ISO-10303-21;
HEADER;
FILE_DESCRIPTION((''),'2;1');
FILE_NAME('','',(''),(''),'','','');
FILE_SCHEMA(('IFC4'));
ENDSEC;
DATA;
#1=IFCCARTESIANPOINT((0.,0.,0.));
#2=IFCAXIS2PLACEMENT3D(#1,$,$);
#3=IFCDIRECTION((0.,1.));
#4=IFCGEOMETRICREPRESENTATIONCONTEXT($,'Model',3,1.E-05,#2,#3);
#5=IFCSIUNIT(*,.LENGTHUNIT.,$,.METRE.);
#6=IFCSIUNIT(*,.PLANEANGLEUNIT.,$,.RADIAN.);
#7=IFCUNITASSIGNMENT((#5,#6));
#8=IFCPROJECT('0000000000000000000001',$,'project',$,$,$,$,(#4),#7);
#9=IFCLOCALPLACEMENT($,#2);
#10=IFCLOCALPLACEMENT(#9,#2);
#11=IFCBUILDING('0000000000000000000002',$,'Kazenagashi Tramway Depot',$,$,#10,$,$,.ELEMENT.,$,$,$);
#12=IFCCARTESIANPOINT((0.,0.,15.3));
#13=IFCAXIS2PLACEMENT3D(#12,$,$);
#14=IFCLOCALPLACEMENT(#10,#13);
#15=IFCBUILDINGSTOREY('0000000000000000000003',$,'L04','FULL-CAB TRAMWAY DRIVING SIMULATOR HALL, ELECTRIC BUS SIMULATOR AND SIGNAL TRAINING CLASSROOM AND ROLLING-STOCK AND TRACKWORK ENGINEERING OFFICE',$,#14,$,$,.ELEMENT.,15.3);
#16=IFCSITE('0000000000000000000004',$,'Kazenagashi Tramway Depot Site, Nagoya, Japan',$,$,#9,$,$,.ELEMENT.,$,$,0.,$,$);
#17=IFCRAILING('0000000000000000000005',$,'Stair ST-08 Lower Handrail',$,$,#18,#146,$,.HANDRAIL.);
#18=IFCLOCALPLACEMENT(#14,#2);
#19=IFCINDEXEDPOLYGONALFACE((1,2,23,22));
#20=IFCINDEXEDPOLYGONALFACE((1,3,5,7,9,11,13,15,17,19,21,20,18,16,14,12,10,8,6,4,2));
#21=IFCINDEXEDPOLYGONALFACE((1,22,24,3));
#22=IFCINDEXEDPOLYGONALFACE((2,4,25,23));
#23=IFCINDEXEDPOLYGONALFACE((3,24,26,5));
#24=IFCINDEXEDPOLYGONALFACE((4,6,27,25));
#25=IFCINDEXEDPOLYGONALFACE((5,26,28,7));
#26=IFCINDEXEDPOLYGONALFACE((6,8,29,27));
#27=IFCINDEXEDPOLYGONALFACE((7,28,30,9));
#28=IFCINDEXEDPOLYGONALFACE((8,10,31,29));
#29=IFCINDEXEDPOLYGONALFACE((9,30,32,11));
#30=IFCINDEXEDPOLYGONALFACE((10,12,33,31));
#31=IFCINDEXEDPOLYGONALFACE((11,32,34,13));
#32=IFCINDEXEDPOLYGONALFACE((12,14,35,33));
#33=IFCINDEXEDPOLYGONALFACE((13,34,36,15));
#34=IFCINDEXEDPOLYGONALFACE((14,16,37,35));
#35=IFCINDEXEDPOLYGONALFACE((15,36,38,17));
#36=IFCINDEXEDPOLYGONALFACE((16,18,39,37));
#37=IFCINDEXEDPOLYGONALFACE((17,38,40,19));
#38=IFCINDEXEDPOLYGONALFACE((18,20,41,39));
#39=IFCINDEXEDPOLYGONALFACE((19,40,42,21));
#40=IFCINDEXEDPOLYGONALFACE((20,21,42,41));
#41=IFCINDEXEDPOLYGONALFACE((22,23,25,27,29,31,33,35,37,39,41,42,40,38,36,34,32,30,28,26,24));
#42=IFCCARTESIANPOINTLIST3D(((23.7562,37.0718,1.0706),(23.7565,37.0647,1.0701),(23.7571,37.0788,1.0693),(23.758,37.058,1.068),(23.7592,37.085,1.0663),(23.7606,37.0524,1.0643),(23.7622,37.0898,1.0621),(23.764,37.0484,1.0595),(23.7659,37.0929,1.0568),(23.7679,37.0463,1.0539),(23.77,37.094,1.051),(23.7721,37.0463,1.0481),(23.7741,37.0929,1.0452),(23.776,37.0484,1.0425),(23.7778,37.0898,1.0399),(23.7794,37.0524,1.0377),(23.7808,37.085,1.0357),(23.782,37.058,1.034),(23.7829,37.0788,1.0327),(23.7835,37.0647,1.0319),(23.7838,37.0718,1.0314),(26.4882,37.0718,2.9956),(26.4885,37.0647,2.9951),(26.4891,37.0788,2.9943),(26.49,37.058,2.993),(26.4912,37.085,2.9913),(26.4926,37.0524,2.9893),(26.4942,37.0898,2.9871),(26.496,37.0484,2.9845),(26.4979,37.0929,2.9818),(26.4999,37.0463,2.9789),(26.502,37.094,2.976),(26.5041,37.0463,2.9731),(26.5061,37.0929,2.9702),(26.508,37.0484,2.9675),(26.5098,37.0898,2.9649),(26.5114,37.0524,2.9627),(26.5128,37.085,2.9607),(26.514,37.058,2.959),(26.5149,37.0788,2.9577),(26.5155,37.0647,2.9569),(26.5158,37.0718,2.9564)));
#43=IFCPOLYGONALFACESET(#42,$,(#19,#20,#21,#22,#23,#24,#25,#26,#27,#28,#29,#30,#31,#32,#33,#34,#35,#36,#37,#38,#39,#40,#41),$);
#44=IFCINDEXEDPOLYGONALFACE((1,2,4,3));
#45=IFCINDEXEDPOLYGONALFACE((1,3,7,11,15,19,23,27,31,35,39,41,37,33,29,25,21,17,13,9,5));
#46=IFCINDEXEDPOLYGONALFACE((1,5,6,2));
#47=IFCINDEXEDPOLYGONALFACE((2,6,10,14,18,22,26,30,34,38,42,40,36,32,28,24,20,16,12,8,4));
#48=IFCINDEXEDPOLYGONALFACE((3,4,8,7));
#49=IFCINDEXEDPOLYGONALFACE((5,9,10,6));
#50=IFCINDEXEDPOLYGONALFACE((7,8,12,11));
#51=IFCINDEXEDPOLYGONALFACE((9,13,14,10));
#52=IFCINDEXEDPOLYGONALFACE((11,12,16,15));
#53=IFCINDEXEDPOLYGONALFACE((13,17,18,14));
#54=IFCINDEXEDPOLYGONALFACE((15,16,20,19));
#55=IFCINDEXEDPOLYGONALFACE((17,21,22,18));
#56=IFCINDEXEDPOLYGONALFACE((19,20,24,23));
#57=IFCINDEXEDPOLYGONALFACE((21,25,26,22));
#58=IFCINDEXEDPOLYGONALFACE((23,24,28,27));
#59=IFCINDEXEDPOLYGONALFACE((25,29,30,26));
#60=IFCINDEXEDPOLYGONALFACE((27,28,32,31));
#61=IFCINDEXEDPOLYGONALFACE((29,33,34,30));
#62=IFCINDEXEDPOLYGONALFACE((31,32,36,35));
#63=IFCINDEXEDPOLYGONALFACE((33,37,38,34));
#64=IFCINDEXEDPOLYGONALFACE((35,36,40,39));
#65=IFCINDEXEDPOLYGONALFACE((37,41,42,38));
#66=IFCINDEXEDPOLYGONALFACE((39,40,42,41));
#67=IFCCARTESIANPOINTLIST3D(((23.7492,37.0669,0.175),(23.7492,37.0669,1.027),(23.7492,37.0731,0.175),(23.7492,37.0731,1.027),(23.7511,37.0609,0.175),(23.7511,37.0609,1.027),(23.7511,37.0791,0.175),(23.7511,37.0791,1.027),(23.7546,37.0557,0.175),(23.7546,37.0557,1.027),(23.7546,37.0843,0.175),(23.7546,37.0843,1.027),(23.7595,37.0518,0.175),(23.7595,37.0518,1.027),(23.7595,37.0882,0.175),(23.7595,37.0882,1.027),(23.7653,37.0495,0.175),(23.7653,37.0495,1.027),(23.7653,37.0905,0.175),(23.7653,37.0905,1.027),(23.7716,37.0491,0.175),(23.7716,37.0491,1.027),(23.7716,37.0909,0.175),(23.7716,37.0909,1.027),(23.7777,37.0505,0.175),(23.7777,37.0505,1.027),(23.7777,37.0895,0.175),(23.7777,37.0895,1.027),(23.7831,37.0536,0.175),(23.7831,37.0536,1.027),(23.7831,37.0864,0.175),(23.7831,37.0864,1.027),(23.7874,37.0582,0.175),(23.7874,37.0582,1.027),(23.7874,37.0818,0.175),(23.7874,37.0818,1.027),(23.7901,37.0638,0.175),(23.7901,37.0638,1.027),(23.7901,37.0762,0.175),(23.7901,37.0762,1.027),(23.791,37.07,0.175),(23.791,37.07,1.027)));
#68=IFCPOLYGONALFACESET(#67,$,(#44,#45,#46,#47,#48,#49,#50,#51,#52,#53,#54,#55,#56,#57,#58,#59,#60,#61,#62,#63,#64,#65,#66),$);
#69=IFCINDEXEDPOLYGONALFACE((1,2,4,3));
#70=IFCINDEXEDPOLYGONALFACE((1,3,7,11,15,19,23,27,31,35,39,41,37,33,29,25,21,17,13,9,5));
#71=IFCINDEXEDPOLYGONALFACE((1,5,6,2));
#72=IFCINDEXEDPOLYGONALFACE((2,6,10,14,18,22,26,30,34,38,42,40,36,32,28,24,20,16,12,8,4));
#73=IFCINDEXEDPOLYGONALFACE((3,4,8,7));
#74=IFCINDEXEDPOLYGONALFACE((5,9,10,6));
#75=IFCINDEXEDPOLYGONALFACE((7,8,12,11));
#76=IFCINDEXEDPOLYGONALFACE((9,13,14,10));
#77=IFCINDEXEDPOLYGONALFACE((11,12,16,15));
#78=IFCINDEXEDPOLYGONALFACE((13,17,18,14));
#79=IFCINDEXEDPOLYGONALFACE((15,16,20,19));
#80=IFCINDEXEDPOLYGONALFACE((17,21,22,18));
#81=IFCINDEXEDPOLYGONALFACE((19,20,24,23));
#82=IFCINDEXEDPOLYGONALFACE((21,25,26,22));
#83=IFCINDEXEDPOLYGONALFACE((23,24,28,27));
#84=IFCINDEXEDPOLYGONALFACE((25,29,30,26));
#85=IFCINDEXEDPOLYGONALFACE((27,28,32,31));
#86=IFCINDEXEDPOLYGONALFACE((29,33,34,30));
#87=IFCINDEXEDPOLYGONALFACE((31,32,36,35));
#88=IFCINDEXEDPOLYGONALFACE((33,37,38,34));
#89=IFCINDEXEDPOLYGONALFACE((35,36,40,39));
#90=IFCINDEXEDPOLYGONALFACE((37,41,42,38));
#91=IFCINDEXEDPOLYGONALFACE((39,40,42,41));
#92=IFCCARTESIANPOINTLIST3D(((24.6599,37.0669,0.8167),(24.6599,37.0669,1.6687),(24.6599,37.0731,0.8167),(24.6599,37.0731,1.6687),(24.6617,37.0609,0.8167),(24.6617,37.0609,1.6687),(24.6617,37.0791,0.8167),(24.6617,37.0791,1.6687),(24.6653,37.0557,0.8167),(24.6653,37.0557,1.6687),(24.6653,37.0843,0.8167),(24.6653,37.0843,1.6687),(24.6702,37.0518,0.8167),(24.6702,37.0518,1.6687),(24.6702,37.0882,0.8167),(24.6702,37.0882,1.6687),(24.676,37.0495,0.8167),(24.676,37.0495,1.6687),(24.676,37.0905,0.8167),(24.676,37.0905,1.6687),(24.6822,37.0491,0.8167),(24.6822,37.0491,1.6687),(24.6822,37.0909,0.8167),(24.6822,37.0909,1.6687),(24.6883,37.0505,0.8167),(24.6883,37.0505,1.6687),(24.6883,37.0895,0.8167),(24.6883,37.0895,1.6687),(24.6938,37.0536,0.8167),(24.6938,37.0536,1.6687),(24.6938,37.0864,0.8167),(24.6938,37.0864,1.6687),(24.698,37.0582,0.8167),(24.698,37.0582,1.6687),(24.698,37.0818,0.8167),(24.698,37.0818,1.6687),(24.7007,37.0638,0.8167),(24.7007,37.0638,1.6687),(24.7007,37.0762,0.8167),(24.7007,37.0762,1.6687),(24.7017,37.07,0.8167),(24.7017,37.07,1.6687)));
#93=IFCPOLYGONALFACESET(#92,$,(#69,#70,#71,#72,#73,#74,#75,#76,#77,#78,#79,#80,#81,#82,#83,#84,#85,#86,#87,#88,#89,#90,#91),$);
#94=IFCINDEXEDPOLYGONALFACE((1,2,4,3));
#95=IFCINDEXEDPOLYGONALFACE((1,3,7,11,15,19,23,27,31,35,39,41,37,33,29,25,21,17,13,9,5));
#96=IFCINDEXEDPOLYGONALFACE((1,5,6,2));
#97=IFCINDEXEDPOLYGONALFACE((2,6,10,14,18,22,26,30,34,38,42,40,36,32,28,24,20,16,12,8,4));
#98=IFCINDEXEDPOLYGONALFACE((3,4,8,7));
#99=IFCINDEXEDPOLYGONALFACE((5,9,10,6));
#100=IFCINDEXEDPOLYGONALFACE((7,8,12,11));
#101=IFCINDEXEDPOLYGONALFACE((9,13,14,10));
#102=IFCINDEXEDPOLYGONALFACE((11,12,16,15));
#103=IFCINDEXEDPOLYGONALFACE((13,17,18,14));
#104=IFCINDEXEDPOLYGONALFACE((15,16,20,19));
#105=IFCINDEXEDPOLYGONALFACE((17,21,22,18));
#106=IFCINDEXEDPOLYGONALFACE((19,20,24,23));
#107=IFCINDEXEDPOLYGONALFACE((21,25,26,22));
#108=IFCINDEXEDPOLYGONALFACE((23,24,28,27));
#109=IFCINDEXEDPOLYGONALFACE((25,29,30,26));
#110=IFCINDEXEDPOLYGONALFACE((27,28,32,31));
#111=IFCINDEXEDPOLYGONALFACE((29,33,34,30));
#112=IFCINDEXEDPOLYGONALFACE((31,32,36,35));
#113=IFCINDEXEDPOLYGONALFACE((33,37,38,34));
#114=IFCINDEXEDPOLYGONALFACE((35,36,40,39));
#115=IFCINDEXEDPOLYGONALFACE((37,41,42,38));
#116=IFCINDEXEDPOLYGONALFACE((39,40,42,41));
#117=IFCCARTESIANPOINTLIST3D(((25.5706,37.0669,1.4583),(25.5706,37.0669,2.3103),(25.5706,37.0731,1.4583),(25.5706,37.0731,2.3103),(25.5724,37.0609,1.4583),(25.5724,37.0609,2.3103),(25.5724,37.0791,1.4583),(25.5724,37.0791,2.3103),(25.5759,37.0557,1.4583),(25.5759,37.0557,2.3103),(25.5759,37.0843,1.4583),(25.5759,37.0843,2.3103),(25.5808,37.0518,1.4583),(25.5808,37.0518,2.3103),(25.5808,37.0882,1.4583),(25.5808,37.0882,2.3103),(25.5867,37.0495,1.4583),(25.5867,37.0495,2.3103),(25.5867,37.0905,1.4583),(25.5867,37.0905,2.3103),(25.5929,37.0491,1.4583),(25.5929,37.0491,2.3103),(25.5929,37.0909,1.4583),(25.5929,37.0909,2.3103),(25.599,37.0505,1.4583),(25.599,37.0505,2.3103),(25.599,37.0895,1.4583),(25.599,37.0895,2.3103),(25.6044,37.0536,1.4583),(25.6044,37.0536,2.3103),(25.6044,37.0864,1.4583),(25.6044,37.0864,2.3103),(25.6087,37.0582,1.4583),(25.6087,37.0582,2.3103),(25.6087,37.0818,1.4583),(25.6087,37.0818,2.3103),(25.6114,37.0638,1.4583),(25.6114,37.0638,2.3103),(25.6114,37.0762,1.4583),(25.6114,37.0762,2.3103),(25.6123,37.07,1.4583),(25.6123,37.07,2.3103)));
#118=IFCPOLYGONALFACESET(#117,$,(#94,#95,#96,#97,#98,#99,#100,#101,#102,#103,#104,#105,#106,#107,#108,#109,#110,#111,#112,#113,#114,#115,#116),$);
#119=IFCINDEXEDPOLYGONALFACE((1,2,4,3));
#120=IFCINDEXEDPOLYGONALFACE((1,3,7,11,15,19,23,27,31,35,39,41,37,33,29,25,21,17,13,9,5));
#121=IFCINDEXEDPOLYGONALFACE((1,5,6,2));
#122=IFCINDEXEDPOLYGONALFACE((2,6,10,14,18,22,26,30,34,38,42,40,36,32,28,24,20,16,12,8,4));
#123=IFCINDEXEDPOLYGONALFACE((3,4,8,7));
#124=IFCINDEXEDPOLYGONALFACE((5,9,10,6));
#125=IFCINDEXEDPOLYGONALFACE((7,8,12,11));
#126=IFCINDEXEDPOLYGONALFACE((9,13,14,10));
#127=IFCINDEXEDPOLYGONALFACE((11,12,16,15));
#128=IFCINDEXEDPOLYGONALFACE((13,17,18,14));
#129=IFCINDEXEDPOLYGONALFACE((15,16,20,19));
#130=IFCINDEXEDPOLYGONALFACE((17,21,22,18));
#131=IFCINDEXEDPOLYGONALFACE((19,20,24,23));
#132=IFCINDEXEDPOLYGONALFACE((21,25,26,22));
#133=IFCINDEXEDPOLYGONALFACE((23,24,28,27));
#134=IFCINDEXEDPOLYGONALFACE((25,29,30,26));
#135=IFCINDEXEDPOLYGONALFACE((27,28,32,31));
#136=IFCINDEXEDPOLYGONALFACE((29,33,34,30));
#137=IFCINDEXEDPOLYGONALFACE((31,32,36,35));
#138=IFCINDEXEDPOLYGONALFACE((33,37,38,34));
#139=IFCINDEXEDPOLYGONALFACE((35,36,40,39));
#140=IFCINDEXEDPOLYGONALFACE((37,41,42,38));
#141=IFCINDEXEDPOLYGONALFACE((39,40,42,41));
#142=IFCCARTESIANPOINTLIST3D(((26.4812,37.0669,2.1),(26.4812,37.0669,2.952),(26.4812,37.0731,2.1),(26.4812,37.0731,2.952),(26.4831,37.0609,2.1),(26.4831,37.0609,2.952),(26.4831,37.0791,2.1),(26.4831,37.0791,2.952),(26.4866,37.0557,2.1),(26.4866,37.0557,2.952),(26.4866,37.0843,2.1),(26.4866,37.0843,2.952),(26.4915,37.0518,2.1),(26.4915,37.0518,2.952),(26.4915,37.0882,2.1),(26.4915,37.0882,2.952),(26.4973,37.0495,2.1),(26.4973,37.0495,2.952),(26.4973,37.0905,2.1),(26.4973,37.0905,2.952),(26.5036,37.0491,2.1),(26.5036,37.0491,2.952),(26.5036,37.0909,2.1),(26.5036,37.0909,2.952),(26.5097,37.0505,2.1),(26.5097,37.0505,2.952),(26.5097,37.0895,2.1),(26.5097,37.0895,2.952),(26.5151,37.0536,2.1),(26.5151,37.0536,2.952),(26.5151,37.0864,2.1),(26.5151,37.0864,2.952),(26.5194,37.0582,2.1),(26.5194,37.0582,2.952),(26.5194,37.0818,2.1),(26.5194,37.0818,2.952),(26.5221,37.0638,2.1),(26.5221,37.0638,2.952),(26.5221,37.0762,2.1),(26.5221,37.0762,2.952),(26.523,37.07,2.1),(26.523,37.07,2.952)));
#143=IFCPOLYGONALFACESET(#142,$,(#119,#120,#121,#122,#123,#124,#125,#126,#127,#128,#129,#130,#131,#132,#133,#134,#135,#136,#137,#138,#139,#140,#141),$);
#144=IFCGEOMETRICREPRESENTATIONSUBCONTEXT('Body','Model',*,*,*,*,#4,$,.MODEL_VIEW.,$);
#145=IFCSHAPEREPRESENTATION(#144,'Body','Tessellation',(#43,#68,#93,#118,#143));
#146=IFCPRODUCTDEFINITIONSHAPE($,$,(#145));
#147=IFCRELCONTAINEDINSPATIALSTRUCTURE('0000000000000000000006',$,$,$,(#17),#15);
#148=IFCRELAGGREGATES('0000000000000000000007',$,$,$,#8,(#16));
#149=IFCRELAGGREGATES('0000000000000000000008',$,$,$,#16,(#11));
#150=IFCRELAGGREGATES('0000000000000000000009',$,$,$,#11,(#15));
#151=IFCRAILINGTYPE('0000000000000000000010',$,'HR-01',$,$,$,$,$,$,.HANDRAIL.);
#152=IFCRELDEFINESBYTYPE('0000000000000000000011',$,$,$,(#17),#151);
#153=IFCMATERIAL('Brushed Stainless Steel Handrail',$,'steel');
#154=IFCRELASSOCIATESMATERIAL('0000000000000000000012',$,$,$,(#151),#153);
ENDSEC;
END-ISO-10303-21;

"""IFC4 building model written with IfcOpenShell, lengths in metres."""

from ifc_helpers import new_model, si_unit, direction, frame, origin, origin_2d, place, context, subcontext, project, spatial, circle, extrude, material, type_object, element, save


model = new_model("IFC4")

# Units and contexts
model_context = context("Model", 3, precision=1e-05, world=origin(), true_north=direction((0.0, 1.0)))
body_context = subcontext(model_context, "Body", "Model", "MODEL_VIEW")
ifc_project = project(units=[si_unit("LENGTHUNIT", "METRE"), si_unit("PLANEANGLEUNIT", "RADIAN")], contexts=[model_context])

# Site, building, storey
site_placement = place(None, origin())
site = spatial("IfcSite", under=ifc_project, at=site_placement, Name="Kazenagashi Tramway Depot Site, Nagoya, Japan", CompositionType="ELEMENT", RefElevation=0.0)
building_placement = place(site_placement, origin())
building = spatial("IfcBuilding", under=site, at=building_placement, Name="Kazenagashi Tramway Depot", CompositionType="ELEMENT")
storey_placement = place(building_placement, frame((0.0, 0.0, 15.3)))
storey = spatial("IfcBuildingStorey", under=building, at=storey_placement, Name="L04", Description="FULL-CAB TRAMWAY DRIVING SIMULATOR HALL, ELECTRIC BUS SIMULATOR AND SIGNAL TRAINING CLASSROOM AND ROLLING-STOCK AND TRACKWORK ENGINEERING OFFICE", CompositionType="ELEMENT", Elevation=15.3)

# Railing
ifc_material_1 = material(Name="Brushed Stainless Steel Handrail", Category="steel")
railing_type_1 = type_object("IfcRailingType", Name="HR-01", PredefinedType="HANDRAIL", material=ifc_material_1)
railing_1_placement = place(storey_placement, frame((23.77, 37.07, 0.175)))
element("IfcRailing", 1, at=railing_1_placement, inside=storey, type_object=railing_type_1, Name="Stair ST-08 Lower Handrail", PredefinedType="HANDRAIL", context=body_context, shape_type="SweptSolid", body=[
    extrude(circle(Radius=0.024, at=origin_2d()), frame((0.0, 0.0, 0.876), z_axis=(0.817457, 0.0, 0.57599), x_axis=(0.0, 1.0, 0.0)), (0.0, 0.0, 1.0), 3.3421),
    extrude(circle(Radius=0.021, at=origin_2d()), origin(), (0.0, 0.0, 1.0), 0.852),
    extrude(circle(Radius=0.021, at=origin_2d()), frame((0.9107, 0.0, 0.6417)), (0.0, 0.0, 1.0), 0.852),
    extrude(circle(Radius=0.021, at=origin_2d()), frame((1.8213, 0.0, 1.2833)), (0.0, 0.0, 1.0), 0.852),
    extrude(circle(Radius=0.021, at=origin_2d()), frame((2.732, 0.0, 1.925)), (0.0, 0.0, 1.0), 0.852),
])

save(model, "model.ifc")
